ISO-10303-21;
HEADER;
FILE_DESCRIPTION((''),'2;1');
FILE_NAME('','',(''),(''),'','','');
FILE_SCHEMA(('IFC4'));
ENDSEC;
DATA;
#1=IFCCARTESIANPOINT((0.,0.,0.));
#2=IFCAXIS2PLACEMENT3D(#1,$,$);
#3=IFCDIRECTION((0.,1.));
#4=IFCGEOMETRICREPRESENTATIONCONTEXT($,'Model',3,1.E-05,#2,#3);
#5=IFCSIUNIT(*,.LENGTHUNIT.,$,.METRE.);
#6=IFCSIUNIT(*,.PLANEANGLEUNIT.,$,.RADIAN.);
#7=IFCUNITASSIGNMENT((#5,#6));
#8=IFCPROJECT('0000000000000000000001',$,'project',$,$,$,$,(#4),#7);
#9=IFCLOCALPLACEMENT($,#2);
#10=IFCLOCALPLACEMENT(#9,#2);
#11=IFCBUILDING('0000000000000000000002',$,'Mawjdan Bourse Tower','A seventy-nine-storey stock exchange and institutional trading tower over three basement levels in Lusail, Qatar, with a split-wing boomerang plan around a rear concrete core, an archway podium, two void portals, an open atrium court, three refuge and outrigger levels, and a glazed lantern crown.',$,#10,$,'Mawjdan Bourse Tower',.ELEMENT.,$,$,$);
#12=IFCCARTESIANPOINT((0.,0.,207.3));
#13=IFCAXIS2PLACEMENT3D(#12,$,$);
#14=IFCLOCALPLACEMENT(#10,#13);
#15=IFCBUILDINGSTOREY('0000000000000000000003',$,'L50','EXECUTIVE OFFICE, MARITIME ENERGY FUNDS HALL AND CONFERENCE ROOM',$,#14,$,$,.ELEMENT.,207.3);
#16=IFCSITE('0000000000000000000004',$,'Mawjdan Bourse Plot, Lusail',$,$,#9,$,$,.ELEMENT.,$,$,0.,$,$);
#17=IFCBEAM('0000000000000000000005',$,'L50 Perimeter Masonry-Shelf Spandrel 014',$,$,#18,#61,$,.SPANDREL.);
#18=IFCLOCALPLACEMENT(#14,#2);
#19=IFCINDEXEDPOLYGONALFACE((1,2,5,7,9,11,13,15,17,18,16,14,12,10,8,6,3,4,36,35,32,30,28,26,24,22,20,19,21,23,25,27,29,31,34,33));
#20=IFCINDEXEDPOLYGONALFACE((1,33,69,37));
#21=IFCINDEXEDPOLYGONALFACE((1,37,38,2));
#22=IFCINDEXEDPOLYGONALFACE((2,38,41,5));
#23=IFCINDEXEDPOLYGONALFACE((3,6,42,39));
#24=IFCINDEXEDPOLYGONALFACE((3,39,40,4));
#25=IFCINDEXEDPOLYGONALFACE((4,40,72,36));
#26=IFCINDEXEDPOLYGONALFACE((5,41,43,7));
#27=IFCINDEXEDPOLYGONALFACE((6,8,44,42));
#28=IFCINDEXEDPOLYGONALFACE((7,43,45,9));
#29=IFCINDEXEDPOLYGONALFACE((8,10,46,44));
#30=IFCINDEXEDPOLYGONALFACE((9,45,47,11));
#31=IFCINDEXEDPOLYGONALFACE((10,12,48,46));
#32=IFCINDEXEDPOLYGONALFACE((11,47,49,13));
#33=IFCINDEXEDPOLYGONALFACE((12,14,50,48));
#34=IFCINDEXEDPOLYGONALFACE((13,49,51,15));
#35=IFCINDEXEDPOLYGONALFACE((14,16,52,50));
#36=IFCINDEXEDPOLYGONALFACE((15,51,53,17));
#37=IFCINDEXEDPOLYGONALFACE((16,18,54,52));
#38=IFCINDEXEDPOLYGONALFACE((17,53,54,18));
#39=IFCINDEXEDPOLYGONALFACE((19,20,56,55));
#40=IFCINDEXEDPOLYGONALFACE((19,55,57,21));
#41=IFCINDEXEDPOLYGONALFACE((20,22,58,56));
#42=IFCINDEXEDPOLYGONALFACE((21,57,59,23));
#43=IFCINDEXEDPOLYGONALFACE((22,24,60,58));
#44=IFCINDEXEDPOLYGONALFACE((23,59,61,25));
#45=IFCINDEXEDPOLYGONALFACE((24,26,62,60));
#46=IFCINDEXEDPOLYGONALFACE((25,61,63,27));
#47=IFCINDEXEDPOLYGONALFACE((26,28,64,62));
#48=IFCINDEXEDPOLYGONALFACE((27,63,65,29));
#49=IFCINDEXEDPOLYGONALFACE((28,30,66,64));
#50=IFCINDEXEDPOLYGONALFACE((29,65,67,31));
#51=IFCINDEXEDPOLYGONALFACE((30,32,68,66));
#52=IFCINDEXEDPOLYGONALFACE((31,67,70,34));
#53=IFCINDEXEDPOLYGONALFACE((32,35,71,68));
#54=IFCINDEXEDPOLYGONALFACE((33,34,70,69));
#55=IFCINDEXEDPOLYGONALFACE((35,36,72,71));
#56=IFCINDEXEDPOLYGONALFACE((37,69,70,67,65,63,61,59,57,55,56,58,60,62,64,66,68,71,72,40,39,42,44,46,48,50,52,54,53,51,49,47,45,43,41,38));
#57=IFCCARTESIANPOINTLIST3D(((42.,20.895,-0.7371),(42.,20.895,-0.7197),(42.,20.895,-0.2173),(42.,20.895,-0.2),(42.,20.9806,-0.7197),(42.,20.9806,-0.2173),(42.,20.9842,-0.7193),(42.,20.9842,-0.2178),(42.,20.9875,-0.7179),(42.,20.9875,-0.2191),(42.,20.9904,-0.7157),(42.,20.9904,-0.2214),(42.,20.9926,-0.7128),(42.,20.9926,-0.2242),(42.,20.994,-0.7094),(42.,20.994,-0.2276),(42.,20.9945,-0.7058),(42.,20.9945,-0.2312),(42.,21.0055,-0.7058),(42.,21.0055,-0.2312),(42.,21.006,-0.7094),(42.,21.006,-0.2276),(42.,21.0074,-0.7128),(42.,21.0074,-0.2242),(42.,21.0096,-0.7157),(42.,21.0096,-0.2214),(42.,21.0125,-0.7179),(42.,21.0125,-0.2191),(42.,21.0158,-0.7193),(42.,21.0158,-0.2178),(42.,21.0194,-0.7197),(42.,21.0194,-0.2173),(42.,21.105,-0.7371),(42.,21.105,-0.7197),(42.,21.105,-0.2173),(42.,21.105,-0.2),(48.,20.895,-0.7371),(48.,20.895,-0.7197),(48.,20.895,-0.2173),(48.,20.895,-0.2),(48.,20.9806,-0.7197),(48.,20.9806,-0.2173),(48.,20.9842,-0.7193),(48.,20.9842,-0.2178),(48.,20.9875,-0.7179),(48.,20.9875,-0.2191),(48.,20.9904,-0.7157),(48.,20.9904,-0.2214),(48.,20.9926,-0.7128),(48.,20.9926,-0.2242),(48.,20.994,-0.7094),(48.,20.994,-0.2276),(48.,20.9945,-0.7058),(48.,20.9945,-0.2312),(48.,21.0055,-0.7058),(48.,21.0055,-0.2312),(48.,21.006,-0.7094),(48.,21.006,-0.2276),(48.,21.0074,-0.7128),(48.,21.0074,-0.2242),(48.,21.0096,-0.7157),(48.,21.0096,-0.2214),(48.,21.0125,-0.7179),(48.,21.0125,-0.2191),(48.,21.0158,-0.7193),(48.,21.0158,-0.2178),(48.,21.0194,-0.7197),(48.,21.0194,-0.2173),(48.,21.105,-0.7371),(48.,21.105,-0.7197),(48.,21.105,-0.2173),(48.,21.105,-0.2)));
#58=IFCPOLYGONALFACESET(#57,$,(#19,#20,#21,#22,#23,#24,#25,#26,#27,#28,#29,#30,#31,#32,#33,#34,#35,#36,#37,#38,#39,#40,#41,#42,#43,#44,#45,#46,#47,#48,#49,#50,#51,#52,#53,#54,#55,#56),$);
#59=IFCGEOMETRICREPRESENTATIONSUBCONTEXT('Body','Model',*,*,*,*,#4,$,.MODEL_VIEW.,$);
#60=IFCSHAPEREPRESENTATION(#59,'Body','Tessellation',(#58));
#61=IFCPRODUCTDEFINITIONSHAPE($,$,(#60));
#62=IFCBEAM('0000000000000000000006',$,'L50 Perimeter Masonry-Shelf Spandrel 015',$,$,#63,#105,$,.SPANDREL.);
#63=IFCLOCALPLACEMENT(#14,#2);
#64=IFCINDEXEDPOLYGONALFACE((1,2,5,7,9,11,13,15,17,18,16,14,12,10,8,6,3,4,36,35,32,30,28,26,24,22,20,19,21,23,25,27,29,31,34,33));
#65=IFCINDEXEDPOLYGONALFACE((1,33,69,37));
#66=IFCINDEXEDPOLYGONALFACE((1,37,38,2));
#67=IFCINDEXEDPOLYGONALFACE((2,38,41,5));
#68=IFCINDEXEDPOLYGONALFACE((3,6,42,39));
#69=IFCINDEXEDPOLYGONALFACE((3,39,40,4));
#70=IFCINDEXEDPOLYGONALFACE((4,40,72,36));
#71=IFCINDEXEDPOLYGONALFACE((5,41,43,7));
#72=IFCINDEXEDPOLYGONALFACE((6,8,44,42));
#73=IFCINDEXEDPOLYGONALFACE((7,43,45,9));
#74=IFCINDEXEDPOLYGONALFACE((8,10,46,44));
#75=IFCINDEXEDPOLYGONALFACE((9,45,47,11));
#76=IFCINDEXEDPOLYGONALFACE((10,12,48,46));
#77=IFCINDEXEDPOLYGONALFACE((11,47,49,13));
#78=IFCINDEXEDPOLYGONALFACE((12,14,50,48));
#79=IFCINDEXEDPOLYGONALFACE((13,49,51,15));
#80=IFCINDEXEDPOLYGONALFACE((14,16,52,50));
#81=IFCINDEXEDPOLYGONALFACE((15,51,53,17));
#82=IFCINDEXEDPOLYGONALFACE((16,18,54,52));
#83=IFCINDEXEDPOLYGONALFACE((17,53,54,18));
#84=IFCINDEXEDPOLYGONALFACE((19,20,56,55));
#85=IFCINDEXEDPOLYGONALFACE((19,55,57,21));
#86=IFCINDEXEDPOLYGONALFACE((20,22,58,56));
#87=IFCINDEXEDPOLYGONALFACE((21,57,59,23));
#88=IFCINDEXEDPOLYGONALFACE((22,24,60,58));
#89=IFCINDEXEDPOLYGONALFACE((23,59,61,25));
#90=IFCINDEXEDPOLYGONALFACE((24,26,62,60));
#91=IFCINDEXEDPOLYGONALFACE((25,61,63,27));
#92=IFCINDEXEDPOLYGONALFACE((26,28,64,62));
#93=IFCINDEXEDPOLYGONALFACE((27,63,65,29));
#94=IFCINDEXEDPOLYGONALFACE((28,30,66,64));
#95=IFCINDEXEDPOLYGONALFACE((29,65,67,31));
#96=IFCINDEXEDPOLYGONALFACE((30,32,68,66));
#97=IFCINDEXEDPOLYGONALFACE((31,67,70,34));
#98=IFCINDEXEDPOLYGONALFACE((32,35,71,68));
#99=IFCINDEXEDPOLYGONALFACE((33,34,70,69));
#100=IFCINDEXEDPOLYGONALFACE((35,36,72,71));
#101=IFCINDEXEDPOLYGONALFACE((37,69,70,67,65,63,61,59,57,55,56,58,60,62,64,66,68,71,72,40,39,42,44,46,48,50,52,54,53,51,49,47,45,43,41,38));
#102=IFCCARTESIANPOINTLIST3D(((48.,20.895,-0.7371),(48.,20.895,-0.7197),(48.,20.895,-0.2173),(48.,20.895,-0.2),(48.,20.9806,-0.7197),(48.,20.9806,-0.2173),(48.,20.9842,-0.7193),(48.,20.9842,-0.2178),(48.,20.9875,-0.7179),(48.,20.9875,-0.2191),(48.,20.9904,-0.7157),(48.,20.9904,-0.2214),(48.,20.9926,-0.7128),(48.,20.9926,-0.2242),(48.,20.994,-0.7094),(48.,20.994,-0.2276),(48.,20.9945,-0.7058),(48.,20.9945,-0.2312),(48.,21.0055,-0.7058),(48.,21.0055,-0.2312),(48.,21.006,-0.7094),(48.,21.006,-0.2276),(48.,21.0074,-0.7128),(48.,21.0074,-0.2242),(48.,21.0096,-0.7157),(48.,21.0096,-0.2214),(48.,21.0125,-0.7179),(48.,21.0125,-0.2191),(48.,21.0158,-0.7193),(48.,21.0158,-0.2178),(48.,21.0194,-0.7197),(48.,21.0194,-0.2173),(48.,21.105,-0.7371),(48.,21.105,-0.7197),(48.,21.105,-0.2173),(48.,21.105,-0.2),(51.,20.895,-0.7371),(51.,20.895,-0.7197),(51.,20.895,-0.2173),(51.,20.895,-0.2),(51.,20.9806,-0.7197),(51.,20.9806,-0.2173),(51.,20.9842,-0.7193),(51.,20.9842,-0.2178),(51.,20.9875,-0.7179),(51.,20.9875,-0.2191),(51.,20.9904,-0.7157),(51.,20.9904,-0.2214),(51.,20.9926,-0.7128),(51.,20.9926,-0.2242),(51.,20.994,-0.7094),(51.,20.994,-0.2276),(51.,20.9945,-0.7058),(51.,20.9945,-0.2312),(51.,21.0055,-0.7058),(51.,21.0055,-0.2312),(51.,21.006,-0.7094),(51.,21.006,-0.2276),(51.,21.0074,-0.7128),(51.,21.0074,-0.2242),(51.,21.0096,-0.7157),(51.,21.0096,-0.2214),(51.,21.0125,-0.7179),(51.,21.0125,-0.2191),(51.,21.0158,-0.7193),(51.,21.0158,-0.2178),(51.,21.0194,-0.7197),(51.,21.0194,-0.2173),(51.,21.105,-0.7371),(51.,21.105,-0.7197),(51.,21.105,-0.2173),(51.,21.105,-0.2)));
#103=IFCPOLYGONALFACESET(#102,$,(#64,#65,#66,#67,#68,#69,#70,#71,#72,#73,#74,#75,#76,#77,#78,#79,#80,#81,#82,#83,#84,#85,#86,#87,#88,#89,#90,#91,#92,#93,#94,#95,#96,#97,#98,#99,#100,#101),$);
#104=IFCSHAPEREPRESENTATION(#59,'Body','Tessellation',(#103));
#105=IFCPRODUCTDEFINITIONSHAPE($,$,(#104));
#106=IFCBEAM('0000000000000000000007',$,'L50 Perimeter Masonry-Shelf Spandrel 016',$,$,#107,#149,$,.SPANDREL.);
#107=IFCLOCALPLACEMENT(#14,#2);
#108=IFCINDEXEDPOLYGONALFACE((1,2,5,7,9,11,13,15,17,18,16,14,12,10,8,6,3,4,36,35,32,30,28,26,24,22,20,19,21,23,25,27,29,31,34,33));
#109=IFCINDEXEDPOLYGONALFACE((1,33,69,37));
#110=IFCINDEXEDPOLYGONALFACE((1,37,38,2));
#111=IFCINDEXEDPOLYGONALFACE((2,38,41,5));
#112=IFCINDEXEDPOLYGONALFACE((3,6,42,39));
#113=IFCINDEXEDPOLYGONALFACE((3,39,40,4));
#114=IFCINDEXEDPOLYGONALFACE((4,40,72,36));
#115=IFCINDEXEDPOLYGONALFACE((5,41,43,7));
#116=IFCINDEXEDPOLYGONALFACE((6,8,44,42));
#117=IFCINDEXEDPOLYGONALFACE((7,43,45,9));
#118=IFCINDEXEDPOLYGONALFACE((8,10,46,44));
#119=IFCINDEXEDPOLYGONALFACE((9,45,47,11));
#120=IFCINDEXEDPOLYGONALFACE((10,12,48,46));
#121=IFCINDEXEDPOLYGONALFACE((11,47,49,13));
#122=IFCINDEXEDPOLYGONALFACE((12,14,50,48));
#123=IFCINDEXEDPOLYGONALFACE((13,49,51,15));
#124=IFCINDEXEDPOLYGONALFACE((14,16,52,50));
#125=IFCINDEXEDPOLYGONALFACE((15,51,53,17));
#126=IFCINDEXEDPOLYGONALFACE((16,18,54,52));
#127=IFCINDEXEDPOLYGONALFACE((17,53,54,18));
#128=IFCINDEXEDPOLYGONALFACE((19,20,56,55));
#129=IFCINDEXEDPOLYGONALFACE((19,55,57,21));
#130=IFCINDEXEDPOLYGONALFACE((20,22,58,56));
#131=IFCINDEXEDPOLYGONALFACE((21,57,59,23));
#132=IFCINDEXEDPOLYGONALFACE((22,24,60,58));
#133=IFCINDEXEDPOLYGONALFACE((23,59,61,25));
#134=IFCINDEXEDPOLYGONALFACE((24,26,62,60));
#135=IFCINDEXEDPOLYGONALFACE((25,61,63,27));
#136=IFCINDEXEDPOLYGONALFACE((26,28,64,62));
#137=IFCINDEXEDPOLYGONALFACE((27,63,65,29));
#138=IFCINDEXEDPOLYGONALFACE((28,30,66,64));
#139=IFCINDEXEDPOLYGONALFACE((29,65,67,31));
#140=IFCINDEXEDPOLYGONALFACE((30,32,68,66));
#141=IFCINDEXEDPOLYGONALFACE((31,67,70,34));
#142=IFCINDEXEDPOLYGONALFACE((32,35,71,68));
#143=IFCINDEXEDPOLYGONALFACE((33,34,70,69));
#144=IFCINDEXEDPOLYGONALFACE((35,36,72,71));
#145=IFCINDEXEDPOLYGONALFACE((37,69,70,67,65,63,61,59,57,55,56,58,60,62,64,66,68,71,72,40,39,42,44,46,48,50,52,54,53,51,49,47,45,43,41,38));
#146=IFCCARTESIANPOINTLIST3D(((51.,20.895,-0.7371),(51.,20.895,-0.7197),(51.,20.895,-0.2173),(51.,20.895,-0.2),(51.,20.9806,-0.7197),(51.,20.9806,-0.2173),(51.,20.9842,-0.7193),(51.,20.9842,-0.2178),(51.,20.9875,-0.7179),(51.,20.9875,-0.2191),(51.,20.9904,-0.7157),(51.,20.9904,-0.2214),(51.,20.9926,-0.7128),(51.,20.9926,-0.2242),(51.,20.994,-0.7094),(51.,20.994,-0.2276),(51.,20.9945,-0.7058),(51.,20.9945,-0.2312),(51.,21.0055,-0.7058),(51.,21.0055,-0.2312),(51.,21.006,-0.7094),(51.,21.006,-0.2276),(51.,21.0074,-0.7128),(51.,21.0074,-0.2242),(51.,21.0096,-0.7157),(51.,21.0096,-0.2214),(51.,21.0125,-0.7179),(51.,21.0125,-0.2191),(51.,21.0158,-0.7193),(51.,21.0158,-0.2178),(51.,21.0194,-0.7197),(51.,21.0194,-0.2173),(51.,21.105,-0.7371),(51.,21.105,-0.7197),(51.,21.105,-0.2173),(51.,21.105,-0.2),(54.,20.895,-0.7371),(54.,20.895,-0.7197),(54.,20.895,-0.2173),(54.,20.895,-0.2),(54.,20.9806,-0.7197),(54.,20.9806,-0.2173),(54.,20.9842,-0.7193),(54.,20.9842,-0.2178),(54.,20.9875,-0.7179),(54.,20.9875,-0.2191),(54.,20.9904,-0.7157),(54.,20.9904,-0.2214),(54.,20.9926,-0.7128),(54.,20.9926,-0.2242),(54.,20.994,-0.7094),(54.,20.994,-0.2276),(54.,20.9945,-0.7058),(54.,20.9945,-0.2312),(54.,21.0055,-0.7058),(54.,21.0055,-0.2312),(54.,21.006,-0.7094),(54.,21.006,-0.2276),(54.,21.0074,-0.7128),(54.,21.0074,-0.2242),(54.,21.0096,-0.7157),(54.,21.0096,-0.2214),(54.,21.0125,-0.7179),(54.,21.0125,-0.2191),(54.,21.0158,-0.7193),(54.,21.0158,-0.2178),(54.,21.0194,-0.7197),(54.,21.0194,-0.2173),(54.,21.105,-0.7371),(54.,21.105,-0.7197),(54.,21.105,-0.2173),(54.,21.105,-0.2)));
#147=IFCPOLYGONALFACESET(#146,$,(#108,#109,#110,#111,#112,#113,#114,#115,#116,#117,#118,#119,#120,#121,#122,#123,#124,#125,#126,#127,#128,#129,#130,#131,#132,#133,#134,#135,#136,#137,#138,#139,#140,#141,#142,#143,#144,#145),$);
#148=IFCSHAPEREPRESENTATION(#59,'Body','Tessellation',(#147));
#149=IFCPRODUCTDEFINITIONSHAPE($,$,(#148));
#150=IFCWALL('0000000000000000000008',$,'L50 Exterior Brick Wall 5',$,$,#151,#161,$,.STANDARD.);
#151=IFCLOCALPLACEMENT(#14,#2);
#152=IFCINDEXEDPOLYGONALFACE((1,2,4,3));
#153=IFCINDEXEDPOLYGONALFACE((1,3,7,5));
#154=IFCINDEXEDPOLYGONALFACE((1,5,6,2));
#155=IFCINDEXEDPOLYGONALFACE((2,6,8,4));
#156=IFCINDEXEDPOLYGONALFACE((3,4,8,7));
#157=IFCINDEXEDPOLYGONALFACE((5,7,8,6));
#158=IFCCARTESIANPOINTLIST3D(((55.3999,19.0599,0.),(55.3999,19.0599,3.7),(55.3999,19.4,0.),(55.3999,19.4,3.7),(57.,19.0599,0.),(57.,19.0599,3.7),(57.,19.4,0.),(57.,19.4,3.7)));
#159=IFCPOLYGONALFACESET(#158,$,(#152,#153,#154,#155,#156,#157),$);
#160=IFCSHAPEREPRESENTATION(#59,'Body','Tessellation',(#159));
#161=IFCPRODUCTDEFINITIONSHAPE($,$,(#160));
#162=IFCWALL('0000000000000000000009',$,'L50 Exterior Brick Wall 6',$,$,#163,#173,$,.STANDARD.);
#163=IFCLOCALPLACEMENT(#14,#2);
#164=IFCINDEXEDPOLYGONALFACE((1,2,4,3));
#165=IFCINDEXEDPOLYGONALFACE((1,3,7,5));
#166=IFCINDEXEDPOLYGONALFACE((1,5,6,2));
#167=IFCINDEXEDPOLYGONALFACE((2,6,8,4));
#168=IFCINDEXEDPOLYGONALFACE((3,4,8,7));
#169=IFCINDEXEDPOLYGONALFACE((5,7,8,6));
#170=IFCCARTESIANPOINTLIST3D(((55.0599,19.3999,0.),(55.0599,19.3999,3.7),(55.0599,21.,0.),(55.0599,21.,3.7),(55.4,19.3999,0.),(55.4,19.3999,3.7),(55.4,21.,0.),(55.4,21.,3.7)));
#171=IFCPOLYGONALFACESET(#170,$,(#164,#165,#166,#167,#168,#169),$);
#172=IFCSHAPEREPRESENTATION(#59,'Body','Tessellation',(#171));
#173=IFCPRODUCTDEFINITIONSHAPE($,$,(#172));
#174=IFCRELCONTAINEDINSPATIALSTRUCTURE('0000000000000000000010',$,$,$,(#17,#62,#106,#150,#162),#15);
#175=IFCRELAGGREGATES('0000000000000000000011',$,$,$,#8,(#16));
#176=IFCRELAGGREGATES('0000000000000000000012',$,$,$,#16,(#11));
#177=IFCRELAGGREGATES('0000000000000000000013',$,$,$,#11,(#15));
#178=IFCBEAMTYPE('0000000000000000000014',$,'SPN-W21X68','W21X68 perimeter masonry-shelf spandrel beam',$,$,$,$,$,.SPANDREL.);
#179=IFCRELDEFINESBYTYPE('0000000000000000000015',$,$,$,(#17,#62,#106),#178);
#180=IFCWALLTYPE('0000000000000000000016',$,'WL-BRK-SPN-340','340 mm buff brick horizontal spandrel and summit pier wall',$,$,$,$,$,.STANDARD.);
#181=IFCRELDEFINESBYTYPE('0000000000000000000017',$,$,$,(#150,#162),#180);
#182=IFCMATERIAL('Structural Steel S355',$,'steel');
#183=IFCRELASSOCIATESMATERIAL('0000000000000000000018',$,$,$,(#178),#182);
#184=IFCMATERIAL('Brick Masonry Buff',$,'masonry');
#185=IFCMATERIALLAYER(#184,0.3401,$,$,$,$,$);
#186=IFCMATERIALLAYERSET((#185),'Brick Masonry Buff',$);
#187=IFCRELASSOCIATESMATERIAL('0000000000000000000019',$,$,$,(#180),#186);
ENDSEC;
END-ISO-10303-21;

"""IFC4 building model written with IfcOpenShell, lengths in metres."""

from ifc_helpers import new_model, si_unit, direction, frame, frame_2d, origin, origin_2d, place, context, subcontext, project, spatial, rectangle, i_section, extrude, material, layer, layer_set, material_profile, profile_set, type_object, element, save


model = new_model("IFC4")

# Units and contexts
model_context = context("Model", 3, precision=1e-05, world=origin(), true_north=direction((0.0, 1.0)))
body_context = subcontext(model_context, "Body", "Model", "MODEL_VIEW")
ifc_project = project(units=[si_unit("LENGTHUNIT", "METRE"), si_unit("PLANEANGLEUNIT", "RADIAN")], contexts=[model_context])

# Site, building, storey
site_placement = place(None, origin())
site = spatial("IfcSite", under=ifc_project, at=site_placement, Name="Mawjdan Bourse Plot, Lusail", CompositionType="ELEMENT", RefElevation=0.0)
building_placement = place(site_placement, origin())
building = spatial("IfcBuilding", under=site, at=building_placement, Name="Mawjdan Bourse Tower", Description="A seventy-nine-storey stock exchange and institutional trading tower over three basement levels in Lusail, Qatar, with a split-wing boomerang plan around a rear concrete core, an archway podium, two void portals, an open atrium court, three refuge and outrigger levels, and a glazed lantern crown.", LongName="Mawjdan Bourse Tower", CompositionType="ELEMENT")
storey_placement = place(building_placement, frame((0.0, 0.0, 207.3)))
storey = spatial("IfcBuildingStorey", under=building, at=storey_placement, Name="L50", Description="EXECUTIVE OFFICE, MARITIME ENERGY FUNDS HALL AND CONFERENCE ROOM", CompositionType="ELEMENT", Elevation=207.3)

# Beams
ifc_material_1 = material(Name="Structural Steel S355", Category="steel")
ifc_material_profile_1 = material_profile(ifc_material_1, i_section(OverallWidth=0.21, OverallDepth=0.5371, WebThickness=0.011, FlangeThickness=0.0173, FilletRadius=0.0139, at=origin_2d()), Name="W21X68")
ifc_profile_set_1 = profile_set([ifc_material_profile_1], Name="Structural Steel S355")
beam_type_1 = type_object("IfcBeamType", Name="SPN-W21X68", Description="W21X68 perimeter masonry-shelf spandrel beam", PredefinedType="SPANDREL", material=ifc_profile_set_1)
beam_1_placement = place(storey_placement, frame((42.0, 21.0, -0.4685), z_axis=(1.0, 0.0, 0.0), x_axis=(0.0, 1.0, 0.0)))
element("IfcBeam", 1, at=beam_1_placement, inside=storey, type_object=beam_type_1, Name="L50 Perimeter Masonry-Shelf Spandrel 014", PredefinedType="SPANDREL", context=body_context, shape_type="SweptSolid", body=[
    extrude(i_section(OverallWidth=0.21, OverallDepth=0.5371, WebThickness=0.011, FlangeThickness=0.0173, FilletRadius=0.0139, at=origin_2d()), origin(), (0.0, 0.0, 1.0), 6.0),
])
for number, where, z_axis, x_axis, name in (
    (2, (48.0, 21.0, -0.4685), (1.0, 0.0, 0.0), (0.0, 1.0, 0.0), "L50 Perimeter Masonry-Shelf Spandrel 015"),
    (3, (51.0, 21.0, -0.4685), (1.0, 0.0, 0.0), (0.0, 1.0, 0.0), "L50 Perimeter Masonry-Shelf Spandrel 016"),
):
    element("IfcBeam", number, at=place(storey_placement, frame(where, z_axis=z_axis, x_axis=x_axis)), inside=storey, type_object=beam_type_1, Name=name, PredefinedType="SPANDREL", context=body_context, shape_type="SweptSolid", body=[
        extrude(i_section(OverallWidth=0.21, OverallDepth=0.5371, WebThickness=0.011, FlangeThickness=0.0173, FilletRadius=0.0139, at=origin_2d()), origin(), (0.0, 0.0, 1.0), 3.0),
    ])

# Walls
ifc_material_2 = material(Name="Brick Masonry Buff", Category="masonry")
ifc_layer = layer(ifc_material_2, 0.3401)
ifc_layer_set = layer_set([ifc_layer], Name="Brick Masonry Buff")
wall_type = type_object("IfcWallType", Name="WL-BRK-SPN-340", Description="340 mm buff brick horizontal spandrel and summit pier wall", PredefinedType="STANDARD", material=ifc_layer_set)
for number, where, z_axis, x_axis, name in (
    (4, (57.0, 19.23, 0.0), (0.0, 0.0, 1.0), (-1.0, 0.0, 0.0), "L50 Exterior Brick Wall 5"),
    (5, (55.23, 19.3999, 0.0), (0.0, 0.0, 1.0), (0.0, 1.0, 0.0), "L50 Exterior Brick Wall 6"),
):
    element("IfcWall", number, at=place(storey_placement, frame(where, z_axis=z_axis, x_axis=x_axis)), inside=storey, type_object=wall_type, Name=name, PredefinedType="STANDARD", context=body_context, shape_type="SweptSolid", body=[
        extrude(rectangle(XDim=1.6001, YDim=0.3401, at=frame_2d((0.8, 0.0))), origin(), (0.0, 0.0, 1.0), 3.7),
    ])

save(model, "model.ifc")
